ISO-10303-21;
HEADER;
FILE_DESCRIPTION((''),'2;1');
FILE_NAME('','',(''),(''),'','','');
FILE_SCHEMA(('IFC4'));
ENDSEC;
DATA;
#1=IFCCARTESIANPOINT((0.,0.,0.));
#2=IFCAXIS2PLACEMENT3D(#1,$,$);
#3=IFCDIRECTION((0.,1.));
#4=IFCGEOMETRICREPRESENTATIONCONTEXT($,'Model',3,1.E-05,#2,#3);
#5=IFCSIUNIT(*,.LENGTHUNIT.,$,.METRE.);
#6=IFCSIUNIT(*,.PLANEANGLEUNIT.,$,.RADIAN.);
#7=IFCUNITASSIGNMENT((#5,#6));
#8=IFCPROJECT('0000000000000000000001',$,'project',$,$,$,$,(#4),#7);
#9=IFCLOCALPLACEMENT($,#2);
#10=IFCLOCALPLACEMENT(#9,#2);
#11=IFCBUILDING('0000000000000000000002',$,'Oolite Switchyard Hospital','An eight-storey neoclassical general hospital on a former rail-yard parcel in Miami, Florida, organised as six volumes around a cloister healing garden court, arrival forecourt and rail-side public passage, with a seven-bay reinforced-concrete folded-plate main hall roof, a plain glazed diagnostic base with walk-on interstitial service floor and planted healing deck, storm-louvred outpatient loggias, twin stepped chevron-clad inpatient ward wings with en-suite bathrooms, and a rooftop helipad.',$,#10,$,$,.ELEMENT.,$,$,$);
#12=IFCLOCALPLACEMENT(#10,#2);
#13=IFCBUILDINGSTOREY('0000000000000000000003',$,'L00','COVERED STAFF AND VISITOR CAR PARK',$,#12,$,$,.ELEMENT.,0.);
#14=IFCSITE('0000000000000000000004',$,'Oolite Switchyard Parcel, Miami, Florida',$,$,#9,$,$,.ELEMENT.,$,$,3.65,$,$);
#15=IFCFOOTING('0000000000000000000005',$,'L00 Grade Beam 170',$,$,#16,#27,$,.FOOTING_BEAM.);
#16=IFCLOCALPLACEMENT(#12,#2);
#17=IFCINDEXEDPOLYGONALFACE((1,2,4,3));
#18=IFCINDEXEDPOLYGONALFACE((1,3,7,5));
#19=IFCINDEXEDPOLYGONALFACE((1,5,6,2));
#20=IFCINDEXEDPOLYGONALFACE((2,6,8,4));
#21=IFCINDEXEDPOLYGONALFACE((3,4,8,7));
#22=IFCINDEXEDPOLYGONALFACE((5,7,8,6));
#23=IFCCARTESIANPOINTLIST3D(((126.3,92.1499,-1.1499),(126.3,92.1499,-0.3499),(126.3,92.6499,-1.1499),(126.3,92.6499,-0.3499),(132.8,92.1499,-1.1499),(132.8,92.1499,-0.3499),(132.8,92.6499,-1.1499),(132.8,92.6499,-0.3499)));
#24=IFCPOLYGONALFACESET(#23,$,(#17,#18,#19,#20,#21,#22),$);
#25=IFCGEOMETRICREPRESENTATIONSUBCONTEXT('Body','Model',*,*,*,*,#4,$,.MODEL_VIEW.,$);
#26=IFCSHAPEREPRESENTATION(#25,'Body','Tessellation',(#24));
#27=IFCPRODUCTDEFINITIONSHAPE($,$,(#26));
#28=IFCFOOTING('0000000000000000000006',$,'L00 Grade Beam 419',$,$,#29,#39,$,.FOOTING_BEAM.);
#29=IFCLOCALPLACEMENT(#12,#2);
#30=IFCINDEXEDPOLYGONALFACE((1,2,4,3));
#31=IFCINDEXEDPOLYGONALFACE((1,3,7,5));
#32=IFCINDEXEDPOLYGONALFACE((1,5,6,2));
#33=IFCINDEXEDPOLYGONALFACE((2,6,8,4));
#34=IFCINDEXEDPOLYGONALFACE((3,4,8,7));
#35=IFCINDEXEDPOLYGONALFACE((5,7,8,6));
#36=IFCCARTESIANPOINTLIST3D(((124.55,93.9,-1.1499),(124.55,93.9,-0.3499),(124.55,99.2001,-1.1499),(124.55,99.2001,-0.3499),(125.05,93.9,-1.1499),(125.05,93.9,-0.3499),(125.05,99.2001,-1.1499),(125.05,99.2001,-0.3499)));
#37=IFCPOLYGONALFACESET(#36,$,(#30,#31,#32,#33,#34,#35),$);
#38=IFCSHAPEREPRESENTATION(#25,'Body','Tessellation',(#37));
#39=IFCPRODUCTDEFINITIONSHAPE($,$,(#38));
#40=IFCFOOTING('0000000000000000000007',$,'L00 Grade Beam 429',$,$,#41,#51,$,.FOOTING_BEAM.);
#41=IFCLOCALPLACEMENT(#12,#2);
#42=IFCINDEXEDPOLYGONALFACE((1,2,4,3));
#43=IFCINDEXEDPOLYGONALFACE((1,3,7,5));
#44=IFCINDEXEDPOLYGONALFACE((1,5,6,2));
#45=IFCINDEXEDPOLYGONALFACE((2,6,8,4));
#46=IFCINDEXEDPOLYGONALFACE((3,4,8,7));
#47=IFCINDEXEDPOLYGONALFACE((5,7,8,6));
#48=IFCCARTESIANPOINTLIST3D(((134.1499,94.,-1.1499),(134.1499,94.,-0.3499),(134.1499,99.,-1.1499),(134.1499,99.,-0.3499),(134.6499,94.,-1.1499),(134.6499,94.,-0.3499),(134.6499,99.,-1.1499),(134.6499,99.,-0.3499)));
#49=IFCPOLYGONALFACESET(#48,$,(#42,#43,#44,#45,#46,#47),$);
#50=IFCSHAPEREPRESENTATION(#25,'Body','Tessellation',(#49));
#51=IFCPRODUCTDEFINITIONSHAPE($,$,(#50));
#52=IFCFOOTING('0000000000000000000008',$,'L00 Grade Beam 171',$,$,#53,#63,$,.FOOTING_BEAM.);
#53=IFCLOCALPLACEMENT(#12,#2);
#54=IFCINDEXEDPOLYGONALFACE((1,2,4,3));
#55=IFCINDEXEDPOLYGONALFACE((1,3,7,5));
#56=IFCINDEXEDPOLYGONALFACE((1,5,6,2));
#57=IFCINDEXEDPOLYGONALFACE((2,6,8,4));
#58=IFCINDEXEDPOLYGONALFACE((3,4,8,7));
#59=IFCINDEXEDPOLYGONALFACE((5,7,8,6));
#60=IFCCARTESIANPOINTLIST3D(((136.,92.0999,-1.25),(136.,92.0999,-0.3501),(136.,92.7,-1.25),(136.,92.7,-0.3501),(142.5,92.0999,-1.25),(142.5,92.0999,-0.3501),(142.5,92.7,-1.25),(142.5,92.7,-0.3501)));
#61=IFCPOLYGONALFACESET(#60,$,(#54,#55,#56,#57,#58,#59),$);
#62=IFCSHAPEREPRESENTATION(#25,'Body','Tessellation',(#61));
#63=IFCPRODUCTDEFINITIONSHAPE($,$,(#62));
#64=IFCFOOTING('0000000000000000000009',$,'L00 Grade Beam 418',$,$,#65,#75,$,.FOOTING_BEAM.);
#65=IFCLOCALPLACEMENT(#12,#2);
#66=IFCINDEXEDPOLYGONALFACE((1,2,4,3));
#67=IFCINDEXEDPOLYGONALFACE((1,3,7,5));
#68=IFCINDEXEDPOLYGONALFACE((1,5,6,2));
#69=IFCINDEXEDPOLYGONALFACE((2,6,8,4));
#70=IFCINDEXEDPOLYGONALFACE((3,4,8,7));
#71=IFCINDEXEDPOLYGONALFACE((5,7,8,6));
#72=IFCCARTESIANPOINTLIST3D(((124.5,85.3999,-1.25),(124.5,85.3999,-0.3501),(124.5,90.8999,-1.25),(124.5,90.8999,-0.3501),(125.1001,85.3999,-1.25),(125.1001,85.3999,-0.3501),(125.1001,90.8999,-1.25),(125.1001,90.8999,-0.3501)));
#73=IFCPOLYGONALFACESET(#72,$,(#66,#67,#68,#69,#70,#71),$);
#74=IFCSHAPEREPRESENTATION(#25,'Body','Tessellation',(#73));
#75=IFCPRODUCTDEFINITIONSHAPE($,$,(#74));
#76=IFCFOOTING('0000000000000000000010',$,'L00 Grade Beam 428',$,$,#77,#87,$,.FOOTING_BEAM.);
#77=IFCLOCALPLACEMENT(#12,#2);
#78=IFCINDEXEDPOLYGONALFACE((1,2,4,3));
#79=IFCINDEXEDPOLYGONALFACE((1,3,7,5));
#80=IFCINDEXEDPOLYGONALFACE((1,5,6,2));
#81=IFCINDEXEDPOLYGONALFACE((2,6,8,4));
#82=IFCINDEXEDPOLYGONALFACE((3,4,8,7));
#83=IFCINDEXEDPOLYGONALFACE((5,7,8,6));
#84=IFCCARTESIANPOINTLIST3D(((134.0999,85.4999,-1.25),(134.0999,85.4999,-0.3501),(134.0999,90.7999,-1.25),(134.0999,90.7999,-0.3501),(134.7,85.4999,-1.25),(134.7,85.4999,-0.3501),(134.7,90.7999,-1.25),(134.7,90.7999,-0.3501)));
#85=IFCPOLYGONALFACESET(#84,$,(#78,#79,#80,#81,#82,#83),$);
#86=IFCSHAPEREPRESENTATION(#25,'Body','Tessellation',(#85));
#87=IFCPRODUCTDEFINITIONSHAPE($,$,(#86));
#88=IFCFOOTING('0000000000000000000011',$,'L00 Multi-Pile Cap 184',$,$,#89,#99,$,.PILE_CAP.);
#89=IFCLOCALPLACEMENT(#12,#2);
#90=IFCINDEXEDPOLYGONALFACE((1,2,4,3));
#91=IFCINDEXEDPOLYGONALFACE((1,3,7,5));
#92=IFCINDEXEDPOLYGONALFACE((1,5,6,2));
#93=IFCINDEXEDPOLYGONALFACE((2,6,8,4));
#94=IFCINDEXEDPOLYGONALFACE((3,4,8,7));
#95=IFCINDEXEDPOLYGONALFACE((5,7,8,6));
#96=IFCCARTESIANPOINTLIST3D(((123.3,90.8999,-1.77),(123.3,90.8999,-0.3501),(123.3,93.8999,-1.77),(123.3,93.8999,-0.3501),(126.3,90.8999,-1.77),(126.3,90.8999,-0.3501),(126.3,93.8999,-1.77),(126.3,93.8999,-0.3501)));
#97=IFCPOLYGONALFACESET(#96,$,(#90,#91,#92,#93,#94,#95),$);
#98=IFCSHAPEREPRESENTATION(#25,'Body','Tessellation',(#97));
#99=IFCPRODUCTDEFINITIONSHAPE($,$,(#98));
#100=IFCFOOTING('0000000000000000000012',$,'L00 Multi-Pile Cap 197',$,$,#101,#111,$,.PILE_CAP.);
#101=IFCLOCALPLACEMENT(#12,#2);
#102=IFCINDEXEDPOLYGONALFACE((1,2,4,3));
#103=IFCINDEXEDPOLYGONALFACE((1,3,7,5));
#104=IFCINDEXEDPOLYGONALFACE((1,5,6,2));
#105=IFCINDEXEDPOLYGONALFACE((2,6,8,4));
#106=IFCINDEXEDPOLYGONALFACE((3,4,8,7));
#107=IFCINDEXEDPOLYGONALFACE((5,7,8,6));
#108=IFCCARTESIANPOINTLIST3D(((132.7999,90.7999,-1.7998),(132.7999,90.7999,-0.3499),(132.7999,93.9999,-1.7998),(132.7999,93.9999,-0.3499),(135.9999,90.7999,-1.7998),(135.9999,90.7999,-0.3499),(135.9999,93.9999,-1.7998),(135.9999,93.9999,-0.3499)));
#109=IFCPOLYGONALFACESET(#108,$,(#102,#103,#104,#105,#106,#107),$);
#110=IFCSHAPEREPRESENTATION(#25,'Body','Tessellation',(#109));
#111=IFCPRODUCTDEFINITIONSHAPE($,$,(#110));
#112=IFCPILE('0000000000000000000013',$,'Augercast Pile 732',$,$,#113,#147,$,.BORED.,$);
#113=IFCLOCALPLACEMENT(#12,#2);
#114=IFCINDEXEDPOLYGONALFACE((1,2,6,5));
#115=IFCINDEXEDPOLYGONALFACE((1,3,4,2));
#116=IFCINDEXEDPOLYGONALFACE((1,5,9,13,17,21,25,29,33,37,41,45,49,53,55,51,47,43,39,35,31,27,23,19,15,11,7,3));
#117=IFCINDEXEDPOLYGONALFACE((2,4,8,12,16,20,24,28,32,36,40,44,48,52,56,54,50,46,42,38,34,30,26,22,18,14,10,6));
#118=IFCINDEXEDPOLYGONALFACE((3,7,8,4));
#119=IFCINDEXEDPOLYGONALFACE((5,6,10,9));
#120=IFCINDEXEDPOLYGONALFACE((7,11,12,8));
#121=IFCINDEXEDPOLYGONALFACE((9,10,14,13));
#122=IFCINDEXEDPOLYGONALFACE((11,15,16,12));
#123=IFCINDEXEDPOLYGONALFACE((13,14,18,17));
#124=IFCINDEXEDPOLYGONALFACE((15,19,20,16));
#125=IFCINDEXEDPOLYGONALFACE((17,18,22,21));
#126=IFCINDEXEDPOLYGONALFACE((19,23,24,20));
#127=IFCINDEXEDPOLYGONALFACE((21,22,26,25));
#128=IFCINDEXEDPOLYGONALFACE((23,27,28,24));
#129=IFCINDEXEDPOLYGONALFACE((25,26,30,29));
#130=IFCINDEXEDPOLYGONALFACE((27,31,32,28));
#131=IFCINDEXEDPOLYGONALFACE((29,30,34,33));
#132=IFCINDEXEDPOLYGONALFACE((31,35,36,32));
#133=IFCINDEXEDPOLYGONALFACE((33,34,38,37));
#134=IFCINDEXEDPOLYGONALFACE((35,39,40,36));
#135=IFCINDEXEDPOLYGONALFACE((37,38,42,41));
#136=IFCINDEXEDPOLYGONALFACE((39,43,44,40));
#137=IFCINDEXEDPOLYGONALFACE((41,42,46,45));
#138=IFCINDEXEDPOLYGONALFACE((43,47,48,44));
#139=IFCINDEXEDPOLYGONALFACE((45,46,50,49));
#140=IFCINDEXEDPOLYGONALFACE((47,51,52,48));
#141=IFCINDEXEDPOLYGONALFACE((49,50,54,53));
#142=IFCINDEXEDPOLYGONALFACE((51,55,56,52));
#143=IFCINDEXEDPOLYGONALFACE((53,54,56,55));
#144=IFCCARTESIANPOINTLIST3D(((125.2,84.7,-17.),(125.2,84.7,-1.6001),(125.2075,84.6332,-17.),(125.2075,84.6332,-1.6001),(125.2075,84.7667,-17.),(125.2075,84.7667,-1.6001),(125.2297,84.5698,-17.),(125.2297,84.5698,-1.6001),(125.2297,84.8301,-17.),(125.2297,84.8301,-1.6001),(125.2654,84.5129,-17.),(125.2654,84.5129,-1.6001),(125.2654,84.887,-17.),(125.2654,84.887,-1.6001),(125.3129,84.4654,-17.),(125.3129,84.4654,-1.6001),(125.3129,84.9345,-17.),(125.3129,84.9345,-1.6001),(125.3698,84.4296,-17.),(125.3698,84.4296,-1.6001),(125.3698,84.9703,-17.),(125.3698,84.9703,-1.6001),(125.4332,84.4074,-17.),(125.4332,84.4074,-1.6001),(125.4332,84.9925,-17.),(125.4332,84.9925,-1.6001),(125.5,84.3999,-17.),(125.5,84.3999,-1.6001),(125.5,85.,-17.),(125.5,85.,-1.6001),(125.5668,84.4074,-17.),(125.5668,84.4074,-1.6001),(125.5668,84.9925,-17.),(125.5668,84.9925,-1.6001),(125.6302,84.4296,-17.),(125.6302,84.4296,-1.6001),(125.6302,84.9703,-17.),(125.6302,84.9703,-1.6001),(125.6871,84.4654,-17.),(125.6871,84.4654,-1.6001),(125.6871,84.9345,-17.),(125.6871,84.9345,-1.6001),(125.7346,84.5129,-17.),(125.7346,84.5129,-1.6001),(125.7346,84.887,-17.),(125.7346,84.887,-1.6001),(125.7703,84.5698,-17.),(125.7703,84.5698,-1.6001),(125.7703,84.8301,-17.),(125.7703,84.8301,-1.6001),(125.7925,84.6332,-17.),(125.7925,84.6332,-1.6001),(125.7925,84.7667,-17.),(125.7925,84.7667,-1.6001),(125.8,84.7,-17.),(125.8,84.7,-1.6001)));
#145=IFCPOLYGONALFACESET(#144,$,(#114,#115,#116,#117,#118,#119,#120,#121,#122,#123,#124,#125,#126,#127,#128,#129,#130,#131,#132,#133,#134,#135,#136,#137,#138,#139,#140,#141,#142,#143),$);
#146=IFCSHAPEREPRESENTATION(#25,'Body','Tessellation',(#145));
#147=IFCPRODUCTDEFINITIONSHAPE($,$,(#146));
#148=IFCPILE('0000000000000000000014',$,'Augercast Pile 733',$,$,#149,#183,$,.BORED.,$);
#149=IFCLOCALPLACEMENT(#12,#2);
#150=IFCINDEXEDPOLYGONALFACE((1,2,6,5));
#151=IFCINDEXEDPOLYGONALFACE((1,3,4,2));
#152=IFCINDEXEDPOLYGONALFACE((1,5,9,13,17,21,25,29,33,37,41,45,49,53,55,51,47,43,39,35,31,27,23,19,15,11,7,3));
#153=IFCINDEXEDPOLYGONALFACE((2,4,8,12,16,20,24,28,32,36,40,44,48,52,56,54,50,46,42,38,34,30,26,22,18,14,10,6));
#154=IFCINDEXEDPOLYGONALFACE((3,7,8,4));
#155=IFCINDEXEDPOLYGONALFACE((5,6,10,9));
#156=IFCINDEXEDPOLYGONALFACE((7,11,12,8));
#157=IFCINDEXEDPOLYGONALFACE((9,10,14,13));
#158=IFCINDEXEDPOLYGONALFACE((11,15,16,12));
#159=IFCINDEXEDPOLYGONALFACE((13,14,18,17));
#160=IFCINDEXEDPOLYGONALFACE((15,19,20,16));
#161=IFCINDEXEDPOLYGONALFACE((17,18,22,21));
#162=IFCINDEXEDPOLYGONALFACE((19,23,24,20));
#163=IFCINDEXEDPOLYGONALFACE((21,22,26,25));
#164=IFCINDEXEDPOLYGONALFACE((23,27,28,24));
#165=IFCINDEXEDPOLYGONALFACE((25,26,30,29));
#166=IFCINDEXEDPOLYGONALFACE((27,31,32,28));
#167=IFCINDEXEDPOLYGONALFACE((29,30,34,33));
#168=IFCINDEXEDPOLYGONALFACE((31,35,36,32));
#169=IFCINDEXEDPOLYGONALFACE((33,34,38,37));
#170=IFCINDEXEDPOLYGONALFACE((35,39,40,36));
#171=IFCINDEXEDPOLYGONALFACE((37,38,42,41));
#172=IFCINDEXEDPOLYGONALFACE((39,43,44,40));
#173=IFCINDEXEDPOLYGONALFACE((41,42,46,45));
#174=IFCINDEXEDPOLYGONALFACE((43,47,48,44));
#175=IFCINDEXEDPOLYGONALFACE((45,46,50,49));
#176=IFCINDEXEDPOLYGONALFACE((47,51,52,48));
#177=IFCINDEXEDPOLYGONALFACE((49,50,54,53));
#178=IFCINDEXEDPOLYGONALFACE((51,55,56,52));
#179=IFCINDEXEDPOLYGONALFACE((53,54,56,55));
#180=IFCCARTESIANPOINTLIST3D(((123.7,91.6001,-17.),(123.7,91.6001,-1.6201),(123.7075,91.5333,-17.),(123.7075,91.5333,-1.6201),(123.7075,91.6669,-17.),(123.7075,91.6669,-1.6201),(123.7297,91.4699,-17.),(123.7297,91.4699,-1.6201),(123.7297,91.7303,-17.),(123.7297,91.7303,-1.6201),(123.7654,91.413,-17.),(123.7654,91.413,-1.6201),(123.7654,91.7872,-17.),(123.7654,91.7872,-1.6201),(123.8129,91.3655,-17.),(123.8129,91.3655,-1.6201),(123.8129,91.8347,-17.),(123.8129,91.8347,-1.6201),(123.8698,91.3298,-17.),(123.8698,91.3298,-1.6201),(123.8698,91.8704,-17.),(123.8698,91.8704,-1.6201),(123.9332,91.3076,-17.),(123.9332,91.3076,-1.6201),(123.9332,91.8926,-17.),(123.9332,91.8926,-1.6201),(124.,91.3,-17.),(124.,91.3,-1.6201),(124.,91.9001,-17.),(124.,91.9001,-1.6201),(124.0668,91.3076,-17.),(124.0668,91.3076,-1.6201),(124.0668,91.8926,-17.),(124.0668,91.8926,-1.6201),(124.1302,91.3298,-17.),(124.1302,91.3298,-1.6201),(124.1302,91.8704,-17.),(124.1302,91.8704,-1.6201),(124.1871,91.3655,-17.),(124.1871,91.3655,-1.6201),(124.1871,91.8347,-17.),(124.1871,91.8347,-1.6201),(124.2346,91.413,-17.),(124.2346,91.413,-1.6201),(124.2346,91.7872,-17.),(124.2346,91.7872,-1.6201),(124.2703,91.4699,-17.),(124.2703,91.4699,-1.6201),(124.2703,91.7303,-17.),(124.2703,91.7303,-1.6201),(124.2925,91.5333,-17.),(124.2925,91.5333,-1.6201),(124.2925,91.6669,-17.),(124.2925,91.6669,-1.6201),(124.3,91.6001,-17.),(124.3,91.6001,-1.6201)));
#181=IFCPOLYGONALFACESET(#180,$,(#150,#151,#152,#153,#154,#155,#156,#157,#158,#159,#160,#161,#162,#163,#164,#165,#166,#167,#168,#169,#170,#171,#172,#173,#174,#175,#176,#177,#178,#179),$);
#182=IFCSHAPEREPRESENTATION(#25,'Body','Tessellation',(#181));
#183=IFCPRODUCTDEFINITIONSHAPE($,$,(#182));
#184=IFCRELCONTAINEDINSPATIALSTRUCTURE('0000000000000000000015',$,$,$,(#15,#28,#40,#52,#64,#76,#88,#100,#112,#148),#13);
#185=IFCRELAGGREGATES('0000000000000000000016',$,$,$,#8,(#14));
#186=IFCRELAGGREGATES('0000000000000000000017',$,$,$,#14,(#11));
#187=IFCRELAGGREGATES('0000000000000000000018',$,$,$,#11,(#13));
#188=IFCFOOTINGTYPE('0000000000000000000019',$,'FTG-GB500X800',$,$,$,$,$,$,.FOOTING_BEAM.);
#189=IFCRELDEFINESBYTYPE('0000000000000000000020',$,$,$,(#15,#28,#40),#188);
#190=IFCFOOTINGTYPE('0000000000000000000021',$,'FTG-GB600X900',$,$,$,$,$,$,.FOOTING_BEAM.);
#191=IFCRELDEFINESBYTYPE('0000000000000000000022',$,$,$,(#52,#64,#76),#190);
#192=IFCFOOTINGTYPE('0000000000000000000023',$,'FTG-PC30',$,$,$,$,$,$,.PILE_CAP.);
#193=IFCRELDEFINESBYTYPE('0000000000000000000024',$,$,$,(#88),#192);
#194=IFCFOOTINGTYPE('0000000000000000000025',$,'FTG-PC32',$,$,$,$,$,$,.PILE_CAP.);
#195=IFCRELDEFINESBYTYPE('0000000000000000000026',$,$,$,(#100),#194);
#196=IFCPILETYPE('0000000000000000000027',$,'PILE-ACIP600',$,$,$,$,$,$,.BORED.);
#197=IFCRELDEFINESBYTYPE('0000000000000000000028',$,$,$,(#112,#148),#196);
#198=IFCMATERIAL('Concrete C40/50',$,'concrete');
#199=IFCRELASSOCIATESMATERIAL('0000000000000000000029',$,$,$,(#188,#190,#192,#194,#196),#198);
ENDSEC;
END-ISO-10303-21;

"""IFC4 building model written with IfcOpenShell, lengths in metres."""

from ifc_helpers import new_model, si_unit, direction, frame, origin, origin_2d, place, context, subcontext, project, spatial, rectangle, circle, extrude, material, material_profile, profile_set, type_object, element, save


model = new_model("IFC4")

# Units and contexts
model_context = context("Model", 3, precision=1e-05, world=origin(), true_north=direction((0.0, 1.0)))
body_context = subcontext(model_context, "Body", "Model", "MODEL_VIEW")
ifc_project = project(units=[si_unit("LENGTHUNIT", "METRE"), si_unit("PLANEANGLEUNIT", "RADIAN")], contexts=[model_context])

# Site, building, storey
site_placement = place(None, origin())
site = spatial("IfcSite", under=ifc_project, at=site_placement, Name="Oolite Switchyard Parcel, Miami, Florida", CompositionType="ELEMENT", RefElevation=3.65)
building_placement = place(site_placement, origin())
building = spatial("IfcBuilding", under=site, at=building_placement, Name="Oolite Switchyard Hospital", Description="An eight-storey neoclassical general hospital on a former rail-yard parcel in Miami, Florida, organised as six volumes around a cloister healing garden court, arrival forecourt and rail-side public passage, with a seven-bay reinforced-concrete folded-plate main hall roof, a plain glazed diagnostic base with walk-on interstitial service floor and planted healing deck, storm-louvred outpatient loggias, twin stepped chevron-clad inpatient ward wings with en-suite bathrooms, and a rooftop helipad.", CompositionType="ELEMENT")
storey_placement = place(building_placement, origin())
storey = spatial("IfcBuildingStorey", under=building, at=storey_placement, Name="L00", Description="COVERED STAFF AND VISITOR CAR PARK", CompositionType="ELEMENT", Elevation=0.0)

# Footings
ifc_material_1 = material(Name="Concrete C40/50", Category="concrete")
footing_type_1 = type_object("IfcFootingType", Name="FTG-GB500X800", PredefinedType="FOOTING_BEAM", material=ifc_material_1)
footing_1_placement = place(storey_placement, frame((129.55, 92.3999, -1.1499), z_axis=(0.0, 0.0, 1.0), x_axis=(1.0, 0.0, 0.0)))
element("IfcFooting", 1, at=footing_1_placement, inside=storey, type_object=footing_type_1, Name="L00 Grade Beam 170", PredefinedType="FOOTING_BEAM", context=body_context, shape_type="SweptSolid", body=[
    extrude(rectangle(XDim=6.5, YDim=0.5, at=origin_2d()), origin(), (0.0, 0.0, 1.0), 0.8),
])
footing_2_placement = place(storey_placement, frame((124.8, 96.55, -1.1499), z_axis=(0.0, 0.0, 1.0), x_axis=(0.0, 1.0, 0.0)))
element("IfcFooting", 2, at=footing_2_placement, inside=storey, type_object=footing_type_1, Name="L00 Grade Beam 419", PredefinedType="FOOTING_BEAM", context=body_context, shape_type="SweptSolid", body=[
    extrude(rectangle(XDim=5.3, YDim=0.5, at=origin_2d()), origin(), (0.0, 0.0, 1.0), 0.8),
])
footing_3_placement = place(storey_placement, frame((134.3999, 96.5, -1.1499), z_axis=(0.0, 0.0, 1.0), x_axis=(0.0, 1.0, 0.0)))
element("IfcFooting", 3, at=footing_3_placement, inside=storey, type_object=footing_type_1, Name="L00 Grade Beam 429", PredefinedType="FOOTING_BEAM", context=body_context, shape_type="SweptSolid", body=[
    extrude(rectangle(XDim=5.0, YDim=0.5, at=origin_2d()), origin(), (0.0, 0.0, 1.0), 0.8),
])
footing_type_2 = type_object("IfcFootingType", Name="FTG-GB600X900", PredefinedType="FOOTING_BEAM", material=ifc_material_1)
footing_4_placement = place(storey_placement, frame((139.25, 92.3999, -1.25), z_axis=(0.0, 0.0, 1.0), x_axis=(1.0, 0.0, 0.0)))
element("IfcFooting", 4, at=footing_4_placement, inside=storey, type_object=footing_type_2, Name="L00 Grade Beam 171", PredefinedType="FOOTING_BEAM", context=body_context, shape_type="SweptSolid", body=[
    extrude(rectangle(XDim=6.5, YDim=0.6001, at=origin_2d()), origin(), (0.0, 0.0, 1.0), 0.8999),
])
footing_5_placement = place(storey_placement, frame((124.8, 88.1499, -1.25), z_axis=(0.0, 0.0, 1.0), x_axis=(0.0, 1.0, 0.0)))
element("IfcFooting", 5, at=footing_5_placement, inside=storey, type_object=footing_type_2, Name="L00 Grade Beam 418", PredefinedType="FOOTING_BEAM", context=body_context, shape_type="SweptSolid", body=[
    extrude(rectangle(XDim=5.5, YDim=0.6001, at=origin_2d()), origin(), (0.0, 0.0, 1.0), 0.8999),
])
footing_6_placement = place(storey_placement, frame((134.3999, 88.1499, -1.25), z_axis=(0.0, 0.0, 1.0), x_axis=(0.0, 1.0, 0.0)))
element("IfcFooting", 6, at=footing_6_placement, inside=storey, type_object=footing_type_2, Name="L00 Grade Beam 428", PredefinedType="FOOTING_BEAM", context=body_context, shape_type="SweptSolid", body=[
    extrude(rectangle(XDim=5.3, YDim=0.6001, at=origin_2d()), origin(), (0.0, 0.0, 1.0), 0.8999),
])
footing_type_3 = type_object("IfcFootingType", Name="FTG-PC30", PredefinedType="PILE_CAP", material=ifc_material_1)
footing_7_placement = place(storey_placement, frame((124.8, 92.3999, -1.77), z_axis=(0.0, 0.0, 1.0), x_axis=(1.0, 0.0, 0.0)))
element("IfcFooting", 7, at=footing_7_placement, inside=storey, type_object=footing_type_3, Name="L00 Multi-Pile Cap 184", PredefinedType="PILE_CAP", context=body_context, shape_type="SweptSolid", body=[
    extrude(rectangle(XDim=3.0, YDim=3.0, at=origin_2d()), origin(), (0.0, 0.0, 1.0), 1.4199),
])
footing_type_4 = type_object("IfcFootingType", Name="FTG-PC32", PredefinedType="PILE_CAP", material=ifc_material_1)
footing_8_placement = place(storey_placement, frame((134.3999, 92.3999, -1.7998), z_axis=(0.0, 0.0, 1.0), x_axis=(1.0, 0.0, 0.0)))
element("IfcFooting", 8, at=footing_8_placement, inside=storey, type_object=footing_type_4, Name="L00 Multi-Pile Cap 197", PredefinedType="PILE_CAP", context=body_context, shape_type="SweptSolid", body=[
    extrude(rectangle(XDim=3.2, YDim=3.2, at=origin_2d()), origin(), (0.0, 0.0, 1.0), 1.45),
])

# Piles
ifc_material_profile_1 = material_profile(ifc_material_1, circle(Radius=0.3, at=origin_2d()), Name="PILE600")
ifc_profile_set_1 = profile_set([ifc_material_profile_1], Name="Concrete C40/50")
pile_type = type_object("IfcPileType", Name="PILE-ACIP600", PredefinedType="BORED", material=ifc_profile_set_1)
pile_placement = place(storey_placement, frame((125.5, 84.7, -1.6001), z_axis=(0.0, 0.0, -1.0), x_axis=(1.0, 0.0, 0.0)))
element("IfcPile", 9, at=pile_placement, inside=storey, type_object=pile_type, Name="Augercast Pile 732", PredefinedType="BORED", context=body_context, shape_type="SweptSolid", body=[
    extrude(circle(Radius=0.3, at=origin_2d()), origin(), (0.0, 0.0, 1.0), 15.3999),
])
for number, where, z_axis, x_axis, name in (
    (10, (124.0, 91.6001, -1.6201), (0.0, 0.0, -1.0), (1.0, 0.0, 0.0), "Augercast Pile 733"),
):
    element("IfcPile", number, at=place(storey_placement, frame(where, z_axis=z_axis, x_axis=x_axis)), inside=storey, type_object=pile_type, Name=name, PredefinedType="BORED", context=body_context, shape_type="SweptSolid", body=[
        extrude(circle(Radius=0.3, at=origin_2d()), origin(), (0.0, 0.0, 1.0), 15.3799),
    ])

save(model, "model.ifc")
